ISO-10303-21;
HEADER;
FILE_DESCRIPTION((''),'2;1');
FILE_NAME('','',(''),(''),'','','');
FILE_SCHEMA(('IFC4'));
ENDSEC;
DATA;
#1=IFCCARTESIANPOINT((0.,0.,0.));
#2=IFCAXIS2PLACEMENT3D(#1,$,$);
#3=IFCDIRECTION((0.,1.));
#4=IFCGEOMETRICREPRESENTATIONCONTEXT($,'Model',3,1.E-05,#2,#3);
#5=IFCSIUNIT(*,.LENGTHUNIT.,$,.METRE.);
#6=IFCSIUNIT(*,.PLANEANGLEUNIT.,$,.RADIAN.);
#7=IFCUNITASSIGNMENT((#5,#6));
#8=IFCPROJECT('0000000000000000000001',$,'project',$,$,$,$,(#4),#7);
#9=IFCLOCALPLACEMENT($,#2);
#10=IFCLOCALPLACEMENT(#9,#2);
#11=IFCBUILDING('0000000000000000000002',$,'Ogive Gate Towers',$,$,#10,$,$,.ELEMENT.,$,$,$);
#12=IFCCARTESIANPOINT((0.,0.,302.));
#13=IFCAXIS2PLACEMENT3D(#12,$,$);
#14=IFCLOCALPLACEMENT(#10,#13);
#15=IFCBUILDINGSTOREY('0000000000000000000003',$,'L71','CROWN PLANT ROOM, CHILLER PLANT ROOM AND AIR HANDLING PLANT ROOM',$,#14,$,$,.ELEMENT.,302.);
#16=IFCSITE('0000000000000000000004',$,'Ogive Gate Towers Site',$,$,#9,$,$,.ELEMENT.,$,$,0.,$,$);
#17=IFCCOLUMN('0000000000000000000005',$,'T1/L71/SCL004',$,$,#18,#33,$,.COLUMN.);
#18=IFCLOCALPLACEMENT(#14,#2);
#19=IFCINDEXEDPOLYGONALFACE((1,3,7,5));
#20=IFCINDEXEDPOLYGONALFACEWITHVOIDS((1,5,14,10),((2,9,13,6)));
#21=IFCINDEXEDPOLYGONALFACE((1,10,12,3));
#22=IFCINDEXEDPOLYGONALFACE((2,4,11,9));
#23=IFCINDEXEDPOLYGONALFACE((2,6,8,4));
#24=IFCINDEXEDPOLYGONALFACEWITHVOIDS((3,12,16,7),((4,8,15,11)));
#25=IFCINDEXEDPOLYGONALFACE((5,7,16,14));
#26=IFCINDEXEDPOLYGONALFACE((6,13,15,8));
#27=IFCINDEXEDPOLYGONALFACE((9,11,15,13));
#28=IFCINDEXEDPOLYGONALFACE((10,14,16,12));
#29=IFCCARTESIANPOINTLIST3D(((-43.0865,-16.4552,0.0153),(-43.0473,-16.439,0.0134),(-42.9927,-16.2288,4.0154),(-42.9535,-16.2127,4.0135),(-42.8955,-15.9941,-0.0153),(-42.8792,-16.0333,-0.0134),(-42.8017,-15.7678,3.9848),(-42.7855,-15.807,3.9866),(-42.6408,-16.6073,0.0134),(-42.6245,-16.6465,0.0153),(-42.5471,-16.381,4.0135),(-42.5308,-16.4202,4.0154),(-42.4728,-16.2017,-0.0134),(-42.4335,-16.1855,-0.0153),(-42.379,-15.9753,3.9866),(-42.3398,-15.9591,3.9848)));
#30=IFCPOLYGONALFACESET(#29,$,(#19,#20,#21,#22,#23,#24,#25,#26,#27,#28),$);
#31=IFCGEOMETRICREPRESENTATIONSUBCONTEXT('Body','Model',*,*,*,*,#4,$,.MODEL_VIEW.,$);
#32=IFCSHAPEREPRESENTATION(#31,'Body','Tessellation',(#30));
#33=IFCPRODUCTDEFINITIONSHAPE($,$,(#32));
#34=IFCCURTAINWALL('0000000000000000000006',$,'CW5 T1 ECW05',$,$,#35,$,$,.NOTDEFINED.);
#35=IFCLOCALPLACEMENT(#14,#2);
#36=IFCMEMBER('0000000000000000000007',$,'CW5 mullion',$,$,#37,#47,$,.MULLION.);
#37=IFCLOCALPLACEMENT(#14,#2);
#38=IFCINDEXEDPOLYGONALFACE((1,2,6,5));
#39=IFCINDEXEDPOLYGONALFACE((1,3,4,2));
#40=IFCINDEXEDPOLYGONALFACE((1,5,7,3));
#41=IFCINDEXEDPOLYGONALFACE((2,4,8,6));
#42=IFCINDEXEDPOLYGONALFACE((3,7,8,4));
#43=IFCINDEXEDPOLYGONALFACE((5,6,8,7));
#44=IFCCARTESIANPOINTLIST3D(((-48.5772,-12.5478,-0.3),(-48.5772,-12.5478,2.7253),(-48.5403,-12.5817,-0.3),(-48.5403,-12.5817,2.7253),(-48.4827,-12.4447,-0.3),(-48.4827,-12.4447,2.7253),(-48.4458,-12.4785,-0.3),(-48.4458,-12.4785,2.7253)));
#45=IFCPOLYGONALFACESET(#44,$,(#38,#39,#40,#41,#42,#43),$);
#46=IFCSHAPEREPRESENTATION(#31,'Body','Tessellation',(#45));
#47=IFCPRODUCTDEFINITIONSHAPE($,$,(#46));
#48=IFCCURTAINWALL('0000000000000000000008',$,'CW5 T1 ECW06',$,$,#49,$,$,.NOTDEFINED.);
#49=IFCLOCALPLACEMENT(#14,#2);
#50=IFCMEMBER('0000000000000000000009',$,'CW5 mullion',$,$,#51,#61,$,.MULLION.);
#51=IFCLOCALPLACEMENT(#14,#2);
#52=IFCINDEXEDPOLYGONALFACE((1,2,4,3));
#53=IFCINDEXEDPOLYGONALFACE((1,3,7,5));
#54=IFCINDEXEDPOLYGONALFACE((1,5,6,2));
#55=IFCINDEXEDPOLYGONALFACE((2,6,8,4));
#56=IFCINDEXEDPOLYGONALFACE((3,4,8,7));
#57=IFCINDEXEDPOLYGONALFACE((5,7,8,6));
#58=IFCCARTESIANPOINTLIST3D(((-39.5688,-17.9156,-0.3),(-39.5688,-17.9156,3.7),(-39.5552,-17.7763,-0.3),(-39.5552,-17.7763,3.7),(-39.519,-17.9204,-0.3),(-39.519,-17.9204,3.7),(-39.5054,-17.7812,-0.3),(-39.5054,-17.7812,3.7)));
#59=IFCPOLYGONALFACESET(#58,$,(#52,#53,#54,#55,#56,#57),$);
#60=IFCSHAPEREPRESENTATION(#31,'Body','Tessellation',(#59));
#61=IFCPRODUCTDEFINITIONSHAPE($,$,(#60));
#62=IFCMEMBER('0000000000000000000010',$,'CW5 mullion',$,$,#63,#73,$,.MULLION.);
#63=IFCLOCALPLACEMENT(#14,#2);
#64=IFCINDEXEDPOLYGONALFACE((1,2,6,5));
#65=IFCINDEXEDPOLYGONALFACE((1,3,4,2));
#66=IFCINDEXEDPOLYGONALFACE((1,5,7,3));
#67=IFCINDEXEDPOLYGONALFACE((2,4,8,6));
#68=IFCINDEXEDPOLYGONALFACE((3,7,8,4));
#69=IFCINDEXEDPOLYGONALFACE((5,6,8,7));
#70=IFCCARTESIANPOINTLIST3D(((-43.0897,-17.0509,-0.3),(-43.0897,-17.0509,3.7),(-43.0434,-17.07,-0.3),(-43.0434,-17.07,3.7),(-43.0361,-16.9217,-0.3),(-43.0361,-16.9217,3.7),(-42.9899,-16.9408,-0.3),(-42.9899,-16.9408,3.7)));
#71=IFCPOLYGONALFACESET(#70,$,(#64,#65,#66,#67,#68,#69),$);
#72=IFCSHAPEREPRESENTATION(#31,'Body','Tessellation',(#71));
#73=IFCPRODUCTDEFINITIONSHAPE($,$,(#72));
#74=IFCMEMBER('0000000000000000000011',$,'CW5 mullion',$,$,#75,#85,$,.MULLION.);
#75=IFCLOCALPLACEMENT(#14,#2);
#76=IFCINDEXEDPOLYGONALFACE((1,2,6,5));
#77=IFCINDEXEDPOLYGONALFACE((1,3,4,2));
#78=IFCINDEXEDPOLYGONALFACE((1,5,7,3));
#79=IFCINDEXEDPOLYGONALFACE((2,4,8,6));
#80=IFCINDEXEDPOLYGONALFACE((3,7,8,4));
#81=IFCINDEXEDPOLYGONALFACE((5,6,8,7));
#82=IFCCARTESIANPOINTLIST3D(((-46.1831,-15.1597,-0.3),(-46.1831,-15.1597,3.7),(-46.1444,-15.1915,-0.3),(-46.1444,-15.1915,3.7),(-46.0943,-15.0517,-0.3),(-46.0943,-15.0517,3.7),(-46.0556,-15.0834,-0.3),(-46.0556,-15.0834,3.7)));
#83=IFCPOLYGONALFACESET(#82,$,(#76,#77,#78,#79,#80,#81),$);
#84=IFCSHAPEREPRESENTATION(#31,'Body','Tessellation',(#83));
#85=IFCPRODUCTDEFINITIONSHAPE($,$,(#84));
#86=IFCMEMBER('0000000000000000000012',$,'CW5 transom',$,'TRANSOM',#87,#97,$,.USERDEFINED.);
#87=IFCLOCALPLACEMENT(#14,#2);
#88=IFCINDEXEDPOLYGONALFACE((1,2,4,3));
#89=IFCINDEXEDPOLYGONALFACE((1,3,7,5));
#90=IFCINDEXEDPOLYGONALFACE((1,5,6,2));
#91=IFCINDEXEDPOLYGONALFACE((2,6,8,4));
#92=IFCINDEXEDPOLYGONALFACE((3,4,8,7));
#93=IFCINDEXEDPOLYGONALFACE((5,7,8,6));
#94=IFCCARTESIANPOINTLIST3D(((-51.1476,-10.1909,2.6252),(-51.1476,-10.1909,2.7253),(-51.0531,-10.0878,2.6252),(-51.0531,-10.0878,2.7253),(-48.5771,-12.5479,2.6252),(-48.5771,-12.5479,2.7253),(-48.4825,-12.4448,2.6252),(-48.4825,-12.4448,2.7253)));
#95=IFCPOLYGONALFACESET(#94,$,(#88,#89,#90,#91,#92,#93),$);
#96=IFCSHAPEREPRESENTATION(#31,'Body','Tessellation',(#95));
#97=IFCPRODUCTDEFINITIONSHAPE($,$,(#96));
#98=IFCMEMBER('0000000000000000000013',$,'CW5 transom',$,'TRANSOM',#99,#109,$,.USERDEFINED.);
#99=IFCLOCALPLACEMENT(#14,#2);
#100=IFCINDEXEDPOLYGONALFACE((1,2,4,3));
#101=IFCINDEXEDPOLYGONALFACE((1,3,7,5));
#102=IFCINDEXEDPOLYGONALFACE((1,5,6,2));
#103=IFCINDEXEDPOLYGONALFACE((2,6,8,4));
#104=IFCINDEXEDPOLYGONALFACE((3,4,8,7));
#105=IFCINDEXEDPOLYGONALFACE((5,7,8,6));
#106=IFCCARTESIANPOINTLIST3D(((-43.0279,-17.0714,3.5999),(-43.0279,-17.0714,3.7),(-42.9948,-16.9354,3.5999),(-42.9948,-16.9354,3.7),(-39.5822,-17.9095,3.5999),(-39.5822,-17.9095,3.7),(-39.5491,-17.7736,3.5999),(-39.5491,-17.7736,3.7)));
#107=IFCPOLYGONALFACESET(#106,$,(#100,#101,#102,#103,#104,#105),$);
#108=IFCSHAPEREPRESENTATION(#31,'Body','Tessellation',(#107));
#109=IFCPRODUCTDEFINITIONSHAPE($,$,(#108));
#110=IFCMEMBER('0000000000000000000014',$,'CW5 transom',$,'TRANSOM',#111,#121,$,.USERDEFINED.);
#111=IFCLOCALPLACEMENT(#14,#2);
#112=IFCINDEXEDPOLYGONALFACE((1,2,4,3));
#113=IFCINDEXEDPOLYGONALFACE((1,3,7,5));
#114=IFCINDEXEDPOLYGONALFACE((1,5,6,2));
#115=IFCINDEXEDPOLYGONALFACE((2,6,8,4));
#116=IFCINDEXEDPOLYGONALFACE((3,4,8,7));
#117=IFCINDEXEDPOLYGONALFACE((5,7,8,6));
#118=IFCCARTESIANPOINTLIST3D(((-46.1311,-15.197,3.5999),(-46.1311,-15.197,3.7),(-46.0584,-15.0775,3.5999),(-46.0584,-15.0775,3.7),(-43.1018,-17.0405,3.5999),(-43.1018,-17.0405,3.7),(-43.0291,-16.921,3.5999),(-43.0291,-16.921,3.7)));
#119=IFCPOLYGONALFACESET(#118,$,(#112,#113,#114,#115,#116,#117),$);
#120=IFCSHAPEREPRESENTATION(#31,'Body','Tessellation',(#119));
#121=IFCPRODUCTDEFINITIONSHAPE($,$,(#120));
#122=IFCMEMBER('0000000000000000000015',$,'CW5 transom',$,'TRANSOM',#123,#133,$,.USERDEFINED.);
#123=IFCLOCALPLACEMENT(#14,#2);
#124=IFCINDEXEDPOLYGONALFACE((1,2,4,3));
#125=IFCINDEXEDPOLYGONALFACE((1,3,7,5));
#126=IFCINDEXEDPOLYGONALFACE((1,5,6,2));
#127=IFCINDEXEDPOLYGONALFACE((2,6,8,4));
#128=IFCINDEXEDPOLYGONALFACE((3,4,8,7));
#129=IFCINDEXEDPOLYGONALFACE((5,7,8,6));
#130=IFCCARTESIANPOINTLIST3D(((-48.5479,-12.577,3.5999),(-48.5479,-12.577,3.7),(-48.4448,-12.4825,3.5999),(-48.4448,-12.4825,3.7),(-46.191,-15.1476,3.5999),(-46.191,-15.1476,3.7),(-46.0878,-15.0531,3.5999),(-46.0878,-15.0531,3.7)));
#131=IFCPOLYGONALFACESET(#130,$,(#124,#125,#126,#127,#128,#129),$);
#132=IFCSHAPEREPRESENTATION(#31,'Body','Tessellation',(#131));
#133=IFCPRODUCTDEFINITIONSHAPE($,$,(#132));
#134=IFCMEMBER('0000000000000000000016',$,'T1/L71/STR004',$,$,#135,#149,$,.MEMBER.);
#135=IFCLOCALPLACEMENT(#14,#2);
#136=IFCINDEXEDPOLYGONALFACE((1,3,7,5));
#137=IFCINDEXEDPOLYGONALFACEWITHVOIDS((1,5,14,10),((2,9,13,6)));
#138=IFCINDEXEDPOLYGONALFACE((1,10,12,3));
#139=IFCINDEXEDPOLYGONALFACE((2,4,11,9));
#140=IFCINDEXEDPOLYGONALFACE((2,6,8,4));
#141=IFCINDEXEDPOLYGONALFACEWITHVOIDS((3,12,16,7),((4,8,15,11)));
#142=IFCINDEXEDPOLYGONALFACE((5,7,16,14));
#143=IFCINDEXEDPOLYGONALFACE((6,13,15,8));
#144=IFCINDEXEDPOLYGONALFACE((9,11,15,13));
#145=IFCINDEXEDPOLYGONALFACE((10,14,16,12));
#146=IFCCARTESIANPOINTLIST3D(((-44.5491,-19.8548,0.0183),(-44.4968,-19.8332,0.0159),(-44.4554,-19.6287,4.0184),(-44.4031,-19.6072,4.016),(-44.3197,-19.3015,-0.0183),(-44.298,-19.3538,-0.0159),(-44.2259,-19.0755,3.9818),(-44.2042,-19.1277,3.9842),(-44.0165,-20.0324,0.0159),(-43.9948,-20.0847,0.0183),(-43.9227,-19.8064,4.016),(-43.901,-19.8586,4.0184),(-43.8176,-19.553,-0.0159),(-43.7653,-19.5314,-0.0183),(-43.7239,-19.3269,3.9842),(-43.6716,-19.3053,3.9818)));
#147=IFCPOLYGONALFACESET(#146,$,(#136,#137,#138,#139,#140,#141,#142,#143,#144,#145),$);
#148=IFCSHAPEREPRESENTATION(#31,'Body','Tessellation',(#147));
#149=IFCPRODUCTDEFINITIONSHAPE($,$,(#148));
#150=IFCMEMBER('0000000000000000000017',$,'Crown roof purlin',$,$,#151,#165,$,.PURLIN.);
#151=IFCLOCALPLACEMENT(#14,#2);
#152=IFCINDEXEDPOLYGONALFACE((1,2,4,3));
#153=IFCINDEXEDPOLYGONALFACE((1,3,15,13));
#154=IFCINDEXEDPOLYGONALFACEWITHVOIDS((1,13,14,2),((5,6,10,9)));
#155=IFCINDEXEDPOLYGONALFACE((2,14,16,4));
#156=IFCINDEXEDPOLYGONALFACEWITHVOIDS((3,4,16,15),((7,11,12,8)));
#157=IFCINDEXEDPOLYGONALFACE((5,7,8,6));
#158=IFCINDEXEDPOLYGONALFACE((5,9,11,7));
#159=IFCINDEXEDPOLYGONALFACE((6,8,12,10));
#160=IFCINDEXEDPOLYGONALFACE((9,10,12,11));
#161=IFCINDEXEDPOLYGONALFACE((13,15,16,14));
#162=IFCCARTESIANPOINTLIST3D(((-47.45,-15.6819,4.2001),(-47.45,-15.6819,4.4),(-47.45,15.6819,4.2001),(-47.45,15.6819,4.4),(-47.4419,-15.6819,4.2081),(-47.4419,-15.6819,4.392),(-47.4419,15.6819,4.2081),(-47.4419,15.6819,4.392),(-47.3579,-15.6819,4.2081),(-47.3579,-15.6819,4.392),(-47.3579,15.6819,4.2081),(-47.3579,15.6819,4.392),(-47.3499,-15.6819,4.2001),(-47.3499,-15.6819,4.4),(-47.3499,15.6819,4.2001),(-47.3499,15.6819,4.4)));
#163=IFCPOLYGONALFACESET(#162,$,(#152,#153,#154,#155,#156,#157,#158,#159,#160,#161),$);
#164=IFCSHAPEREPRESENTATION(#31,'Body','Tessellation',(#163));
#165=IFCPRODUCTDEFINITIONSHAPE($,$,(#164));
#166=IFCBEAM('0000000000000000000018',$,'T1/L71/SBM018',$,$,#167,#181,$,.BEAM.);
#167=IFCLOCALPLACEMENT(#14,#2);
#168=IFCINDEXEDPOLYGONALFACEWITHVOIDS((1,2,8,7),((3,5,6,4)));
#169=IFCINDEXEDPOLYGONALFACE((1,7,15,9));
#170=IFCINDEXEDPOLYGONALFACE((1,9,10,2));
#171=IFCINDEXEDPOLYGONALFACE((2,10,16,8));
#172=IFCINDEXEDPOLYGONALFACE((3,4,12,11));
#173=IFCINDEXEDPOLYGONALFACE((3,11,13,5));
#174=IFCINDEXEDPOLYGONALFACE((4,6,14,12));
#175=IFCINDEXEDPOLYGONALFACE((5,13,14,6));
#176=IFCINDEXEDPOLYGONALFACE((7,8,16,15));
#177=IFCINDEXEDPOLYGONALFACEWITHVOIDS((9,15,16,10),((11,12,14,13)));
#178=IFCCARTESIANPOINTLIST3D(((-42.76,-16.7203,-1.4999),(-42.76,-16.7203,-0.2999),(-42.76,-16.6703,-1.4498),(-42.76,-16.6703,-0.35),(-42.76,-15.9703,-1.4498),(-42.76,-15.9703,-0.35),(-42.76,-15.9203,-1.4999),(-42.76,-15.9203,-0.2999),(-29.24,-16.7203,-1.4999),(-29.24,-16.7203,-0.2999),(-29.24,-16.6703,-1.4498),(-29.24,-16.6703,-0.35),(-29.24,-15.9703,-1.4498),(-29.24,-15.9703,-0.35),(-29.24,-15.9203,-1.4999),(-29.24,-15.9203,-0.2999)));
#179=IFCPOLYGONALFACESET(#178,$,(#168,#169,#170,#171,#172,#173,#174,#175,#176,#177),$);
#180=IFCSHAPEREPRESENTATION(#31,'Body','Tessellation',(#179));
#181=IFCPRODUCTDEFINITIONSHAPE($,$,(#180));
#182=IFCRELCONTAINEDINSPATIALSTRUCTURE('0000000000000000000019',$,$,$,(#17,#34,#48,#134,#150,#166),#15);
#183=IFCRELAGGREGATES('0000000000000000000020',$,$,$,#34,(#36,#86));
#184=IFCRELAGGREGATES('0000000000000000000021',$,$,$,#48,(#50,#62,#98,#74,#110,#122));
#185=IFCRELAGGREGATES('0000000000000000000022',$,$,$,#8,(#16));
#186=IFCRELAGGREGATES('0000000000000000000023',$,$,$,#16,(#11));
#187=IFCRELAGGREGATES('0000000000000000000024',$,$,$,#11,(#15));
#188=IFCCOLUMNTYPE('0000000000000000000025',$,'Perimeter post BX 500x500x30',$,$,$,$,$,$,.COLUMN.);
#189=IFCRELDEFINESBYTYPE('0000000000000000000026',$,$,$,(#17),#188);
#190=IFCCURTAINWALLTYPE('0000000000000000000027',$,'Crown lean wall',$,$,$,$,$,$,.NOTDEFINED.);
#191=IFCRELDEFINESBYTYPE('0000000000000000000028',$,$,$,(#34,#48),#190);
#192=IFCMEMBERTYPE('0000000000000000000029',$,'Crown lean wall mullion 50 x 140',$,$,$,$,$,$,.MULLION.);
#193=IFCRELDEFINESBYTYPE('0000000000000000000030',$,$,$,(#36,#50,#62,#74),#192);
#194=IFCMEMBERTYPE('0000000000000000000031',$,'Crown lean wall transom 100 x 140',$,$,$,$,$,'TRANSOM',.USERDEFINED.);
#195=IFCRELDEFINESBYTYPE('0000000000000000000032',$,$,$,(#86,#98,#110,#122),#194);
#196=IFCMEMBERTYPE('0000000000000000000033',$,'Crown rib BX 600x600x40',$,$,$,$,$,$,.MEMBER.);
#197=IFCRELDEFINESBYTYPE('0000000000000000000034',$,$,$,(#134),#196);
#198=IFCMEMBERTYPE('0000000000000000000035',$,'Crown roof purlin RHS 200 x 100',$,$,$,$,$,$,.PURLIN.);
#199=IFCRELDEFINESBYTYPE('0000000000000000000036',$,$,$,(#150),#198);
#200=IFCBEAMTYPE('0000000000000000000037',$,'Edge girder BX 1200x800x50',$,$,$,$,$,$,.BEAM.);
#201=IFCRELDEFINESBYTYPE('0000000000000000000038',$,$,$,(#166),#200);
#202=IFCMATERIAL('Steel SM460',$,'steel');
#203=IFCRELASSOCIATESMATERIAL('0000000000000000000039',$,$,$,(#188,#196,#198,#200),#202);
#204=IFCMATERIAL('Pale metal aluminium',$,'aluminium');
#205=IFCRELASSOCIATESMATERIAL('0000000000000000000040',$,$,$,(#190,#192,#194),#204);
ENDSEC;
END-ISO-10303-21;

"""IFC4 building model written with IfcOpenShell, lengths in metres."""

from ifc_helpers import new_model, si_unit, direction, frame, origin, origin_2d, place, context, subcontext, project, spatial, rectangle, hollow_rectangle, extrude, material, material_profile, profile_set, type_object, element, aggregate, save


model = new_model("IFC4")

# Units and contexts
model_context = context("Model", 3, precision=1e-05, world=origin(), true_north=direction((0.0, 1.0)))
body_context = subcontext(model_context, "Body", "Model", "MODEL_VIEW")
ifc_project = project(units=[si_unit("LENGTHUNIT", "METRE"), si_unit("PLANEANGLEUNIT", "RADIAN")], contexts=[model_context])

# Site, building, storey
site_placement = place(None, origin())
site = spatial("IfcSite", under=ifc_project, at=site_placement, Name="Ogive Gate Towers Site", CompositionType="ELEMENT", RefElevation=0.0)
building_placement = place(site_placement, origin())
building = spatial("IfcBuilding", under=site, at=building_placement, Name="Ogive Gate Towers", CompositionType="ELEMENT")
storey_placement = place(building_placement, frame((0.0, 0.0, 302.0)))
storey = spatial("IfcBuildingStorey", under=building, at=storey_placement, Name="L71", Description="CROWN PLANT ROOM, CHILLER PLANT ROOM AND AIR HANDLING PLANT ROOM", CompositionType="ELEMENT", Elevation=302.0)

# Column
ifc_material_1 = material(Name="Steel SM460", Category="steel")
ifc_material_profile_1 = material_profile(ifc_material_1, hollow_rectangle(XDim=0.5, YDim=0.5, WallThickness=0.03, at=origin_2d()), Name="BX 500x500x30")
ifc_profile_set_1 = profile_set([ifc_material_profile_1], Name="Steel SM460")
column_type = type_object("IfcColumnType", Name="Perimeter post BX 500x500x30", PredefinedType="COLUMN", material=ifc_profile_set_1)
column_placement = place(storey_placement, frame((-42.76, -16.3203, 0.0), z_axis=(0.023394, 0.056474, 0.99813), x_axis=(-0.923871, 0.382704, 0.0)))
element("IfcColumn", 1, at=column_placement, inside=storey, type_object=column_type, Name="T1/L71/SCL004", PredefinedType="COLUMN", context=body_context, shape_type="SweptSolid", body=[
    extrude(hollow_rectangle(XDim=0.5, YDim=0.5, WallThickness=0.03, at=origin_2d()), origin(), (0.0, 0.0, 1.0), 4.0076),
])

# Curtain wall, member
ifc_material_2 = material(Name="Pale metal aluminium", Category="aluminium")
curtain_wall_type = type_object("IfcCurtainWallType", Name="Crown lean wall", PredefinedType="NOTDEFINED", material=ifc_material_2)
curtain_wall_1_placement = place(storey_placement, origin())
curtain_wall_1 = element("IfcCurtainWall", 2, at=curtain_wall_1_placement, inside=storey, type_object=curtain_wall_type, Name="CW5 T1 ECW05", PredefinedType="NOTDEFINED")
ifc_material_profile_2 = material_profile(ifc_material_2, rectangle(XDim=0.1399, YDim=0.05, at=origin_2d()), Name="50 x 140 aluminium box")
ifc_profile_set_2 = profile_set([ifc_material_profile_2], Name="Pale metal aluminium")
member_type_1 = type_object("IfcMemberType", Name="Crown lean wall mullion 50 x 140", PredefinedType="MULLION", material=ifc_profile_set_2)
member_1_placement = place(storey_placement, frame((-48.5115, -12.5132, -0.3), z_axis=(0.0, 0.0, 1.0), x_axis=(0.675796, 0.737089, 0.0)))
member_1 = element("IfcMember", 3, at=member_1_placement, type_object=member_type_1, Name="CW5 mullion", PredefinedType="MULLION", context=body_context, shape_type="SweptSolid", body=[
    extrude(rectangle(XDim=0.1399, YDim=0.05, at=origin_2d()), origin(), (0.0, 0.0, 1.0), 3.0254),
])

# Curtain wall, members
curtain_wall_2_placement = place(storey_placement, origin())
curtain_wall_2 = element("IfcCurtainWall", 4, at=curtain_wall_2_placement, inside=storey, type_object=curtain_wall_type, Name="CW5 T1 ECW06", PredefinedType="NOTDEFINED")
member_2_placement = place(storey_placement, frame((-39.5371, -17.8484, -0.3), z_axis=(0.0, 0.0, 1.0), x_axis=(0.097513, 0.995234, 0.0)))
member_2 = element("IfcMember", 5, at=member_2_placement, type_object=member_type_1, Name="CW5 mullion", PredefinedType="MULLION", context=body_context, shape_type="SweptSolid", body=[
    extrude(rectangle(XDim=0.1399, YDim=0.05, at=origin_2d()), origin(), (0.0, 0.0, 1.0), 4.0),
])
member_3_placement = place(storey_placement, frame((-43.0398, -16.9958, -0.3), z_axis=(0.0, 0.0, 1.0), x_axis=(0.382683, 0.92388, 0.0)))
member_3 = element("IfcMember", 6, at=member_3_placement, type_object=member_type_1, Name="CW5 mullion", PredefinedType="MULLION", context=body_context, shape_type="SweptSolid", body=[
    extrude(rectangle(XDim=0.1399, YDim=0.05, at=origin_2d()), origin(), (0.0, 0.0, 1.0), 4.0),
])
member_4_placement = place(storey_placement, frame((-46.1194, -15.1216, -0.3), z_axis=(0.0, 0.0, 1.0), x_axis=(0.634784, 0.772689, 0.0)))
member_4 = element("IfcMember", 7, at=member_4_placement, type_object=member_type_1, Name="CW5 mullion", PredefinedType="MULLION", context=body_context, shape_type="SweptSolid", body=[
    extrude(rectangle(XDim=0.1399, YDim=0.05, at=origin_2d()), origin(), (0.0, 0.0, 1.0), 4.0),
])

# Members
ifc_material_profile_3 = material_profile(ifc_material_2, rectangle(XDim=0.1399, YDim=0.1001, at=origin_2d()), Name="100 x 140 aluminium box")
ifc_profile_set_3 = profile_set([ifc_material_profile_3], Name="Pale metal aluminium")
member_type_2 = type_object("IfcMemberType", Name="Crown lean wall transom 100 x 140", ElementType="TRANSOM", PredefinedType="USERDEFINED", material=ifc_profile_set_3)
member_5_placement = place(storey_placement, frame((-48.5298, -12.4963, 2.6753), z_axis=(-0.73707, 0.675817, 0.0), x_axis=(-0.675817, -0.73707, 0.0)))
member_5 = element("IfcMember", 8, at=member_5_placement, type_object=member_type_2, Name="CW5 transom", ObjectType="TRANSOM", PredefinedType="USERDEFINED", context=body_context, shape_type="SweptSolid", body=[
    extrude(rectangle(XDim=0.1399, YDim=0.1001, at=origin_2d()), origin(), (0.0, 0.0, 1.0), 3.4875),
])
member_6_placement = place(storey_placement, frame((-39.5657, -17.8416, 3.6499), z_axis=(-0.971666, 0.236359, 0.0), x_axis=(-0.236359, -0.971666, 0.0)))
member_6 = element("IfcMember", 9, at=member_6_placement, type_object=member_type_2, Name="CW5 transom", ObjectType="TRANSOM", PredefinedType="USERDEFINED", context=body_context, shape_type="SweptSolid", body=[
    extrude(rectangle(XDim=0.1399, YDim=0.1001, at=origin_2d()), origin(), (0.0, 0.0, 1.0), 3.5461),
])
member_7_placement = place(storey_placement, frame((-43.0654, -16.9807, 3.6499), z_axis=(-0.85425, 0.519862, 0.0), x_axis=(-0.519862, -0.85425, 0.0)))
member_7 = element("IfcMember", 10, at=member_7_placement, type_object=member_type_2, Name="CW5 transom", ObjectType="TRANSOM", PredefinedType="USERDEFINED", context=body_context, shape_type="SweptSolid", body=[
    extrude(rectangle(XDim=0.1399, YDim=0.1001, at=origin_2d()), origin(), (0.0, 0.0, 1.0), 3.5461),
])
member_8_placement = place(storey_placement, frame((-46.1394, -15.1003, 3.6499), z_axis=(-0.675817, 0.73707, 0.0), x_axis=(-0.73707, -0.675817, 0.0)))
member_8 = element("IfcMember", 11, at=member_8_placement, type_object=member_type_2, Name="CW5 transom", ObjectType="TRANSOM", PredefinedType="USERDEFINED", context=body_context, shape_type="SweptSolid", body=[
    extrude(rectangle(XDim=0.1399, YDim=0.1001, at=origin_2d()), origin(), (0.0, 0.0, 1.0), 3.4875),
])

# Members
ifc_material_profile_4 = material_profile(ifc_material_1, hollow_rectangle(XDim=0.6001, YDim=0.6001, WallThickness=0.04, at=origin_2d()), Name="BX 600x600x40")
ifc_profile_set_4 = profile_set([ifc_material_profile_4], Name="Steel SM460")
member_type_3 = type_object("IfcMemberType", Name="Crown rib BX 600x600x40", PredefinedType="MEMBER", material=ifc_profile_set_4)
member_9_placement = place(storey_placement, frame((-44.1572, -19.6931, 0.0), z_axis=(0.023394, 0.056413, 0.998133), x_axis=(-0.923725, 0.383057, 0.0)))
element("IfcMember", 12, at=member_9_placement, inside=storey, type_object=member_type_3, Name="T1/L71/STR004", PredefinedType="MEMBER", context=body_context, shape_type="SweptSolid", body=[
    extrude(hollow_rectangle(XDim=0.6001, YDim=0.6001, WallThickness=0.04, at=origin_2d()), origin(), (0.0, 0.0, 1.0), 4.0076),
])
ifc_material_profile_5 = material_profile(ifc_material_1, hollow_rectangle(XDim=0.1001, YDim=0.2, WallThickness=0.0081, at=origin_2d()), Name="RHS 200x100x8")
ifc_profile_set_5 = profile_set([ifc_material_profile_5], Name="Steel SM460")
member_type_4 = type_object("IfcMemberType", Name="Crown roof purlin RHS 200 x 100", PredefinedType="PURLIN", material=ifc_profile_set_5)
member_10_placement = place(storey_placement, frame((-47.3999, -15.6819, 4.3), z_axis=(0.0, 1.0, 0.0), x_axis=(-1.0, 0.0, 0.0)))
element("IfcMember", 13, at=member_10_placement, inside=storey, type_object=member_type_4, Name="Crown roof purlin", PredefinedType="PURLIN", context=body_context, shape_type="SweptSolid", body=[
    extrude(hollow_rectangle(XDim=0.1001, YDim=0.2, WallThickness=0.0081, at=origin_2d()), origin(), (0.0, 0.0, 1.0), 31.3638),
])

# Beam
ifc_material_profile_6 = material_profile(ifc_material_1, hollow_rectangle(XDim=0.8, YDim=1.2, WallThickness=0.05, at=origin_2d()), Name="BX 1200x800x50")
ifc_profile_set_6 = profile_set([ifc_material_profile_6], Name="Steel SM460")
beam_type = type_object("IfcBeamType", Name="Edge girder BX 1200x800x50", PredefinedType="BEAM", material=ifc_profile_set_6)
beam_placement = place(storey_placement, frame((-42.76, -16.3203, -0.8999), z_axis=(1.0, 0.0, 0.0), x_axis=(0.0, 1.0, 0.0)))
element("IfcBeam", 14, at=beam_placement, inside=storey, type_object=beam_type, Name="T1/L71/SBM018", PredefinedType="BEAM", context=body_context, shape_type="SweptSolid", body=[
    extrude(hollow_rectangle(XDim=0.8, YDim=1.2, WallThickness=0.05, at=origin_2d()), origin(), (0.0, 0.0, 1.0), 13.52),
])

aggregate(curtain_wall_1, [member_1, member_5])
aggregate(curtain_wall_2, [member_2, member_3, member_6, member_4, member_7, member_8])

save(model, "model.ifc")
